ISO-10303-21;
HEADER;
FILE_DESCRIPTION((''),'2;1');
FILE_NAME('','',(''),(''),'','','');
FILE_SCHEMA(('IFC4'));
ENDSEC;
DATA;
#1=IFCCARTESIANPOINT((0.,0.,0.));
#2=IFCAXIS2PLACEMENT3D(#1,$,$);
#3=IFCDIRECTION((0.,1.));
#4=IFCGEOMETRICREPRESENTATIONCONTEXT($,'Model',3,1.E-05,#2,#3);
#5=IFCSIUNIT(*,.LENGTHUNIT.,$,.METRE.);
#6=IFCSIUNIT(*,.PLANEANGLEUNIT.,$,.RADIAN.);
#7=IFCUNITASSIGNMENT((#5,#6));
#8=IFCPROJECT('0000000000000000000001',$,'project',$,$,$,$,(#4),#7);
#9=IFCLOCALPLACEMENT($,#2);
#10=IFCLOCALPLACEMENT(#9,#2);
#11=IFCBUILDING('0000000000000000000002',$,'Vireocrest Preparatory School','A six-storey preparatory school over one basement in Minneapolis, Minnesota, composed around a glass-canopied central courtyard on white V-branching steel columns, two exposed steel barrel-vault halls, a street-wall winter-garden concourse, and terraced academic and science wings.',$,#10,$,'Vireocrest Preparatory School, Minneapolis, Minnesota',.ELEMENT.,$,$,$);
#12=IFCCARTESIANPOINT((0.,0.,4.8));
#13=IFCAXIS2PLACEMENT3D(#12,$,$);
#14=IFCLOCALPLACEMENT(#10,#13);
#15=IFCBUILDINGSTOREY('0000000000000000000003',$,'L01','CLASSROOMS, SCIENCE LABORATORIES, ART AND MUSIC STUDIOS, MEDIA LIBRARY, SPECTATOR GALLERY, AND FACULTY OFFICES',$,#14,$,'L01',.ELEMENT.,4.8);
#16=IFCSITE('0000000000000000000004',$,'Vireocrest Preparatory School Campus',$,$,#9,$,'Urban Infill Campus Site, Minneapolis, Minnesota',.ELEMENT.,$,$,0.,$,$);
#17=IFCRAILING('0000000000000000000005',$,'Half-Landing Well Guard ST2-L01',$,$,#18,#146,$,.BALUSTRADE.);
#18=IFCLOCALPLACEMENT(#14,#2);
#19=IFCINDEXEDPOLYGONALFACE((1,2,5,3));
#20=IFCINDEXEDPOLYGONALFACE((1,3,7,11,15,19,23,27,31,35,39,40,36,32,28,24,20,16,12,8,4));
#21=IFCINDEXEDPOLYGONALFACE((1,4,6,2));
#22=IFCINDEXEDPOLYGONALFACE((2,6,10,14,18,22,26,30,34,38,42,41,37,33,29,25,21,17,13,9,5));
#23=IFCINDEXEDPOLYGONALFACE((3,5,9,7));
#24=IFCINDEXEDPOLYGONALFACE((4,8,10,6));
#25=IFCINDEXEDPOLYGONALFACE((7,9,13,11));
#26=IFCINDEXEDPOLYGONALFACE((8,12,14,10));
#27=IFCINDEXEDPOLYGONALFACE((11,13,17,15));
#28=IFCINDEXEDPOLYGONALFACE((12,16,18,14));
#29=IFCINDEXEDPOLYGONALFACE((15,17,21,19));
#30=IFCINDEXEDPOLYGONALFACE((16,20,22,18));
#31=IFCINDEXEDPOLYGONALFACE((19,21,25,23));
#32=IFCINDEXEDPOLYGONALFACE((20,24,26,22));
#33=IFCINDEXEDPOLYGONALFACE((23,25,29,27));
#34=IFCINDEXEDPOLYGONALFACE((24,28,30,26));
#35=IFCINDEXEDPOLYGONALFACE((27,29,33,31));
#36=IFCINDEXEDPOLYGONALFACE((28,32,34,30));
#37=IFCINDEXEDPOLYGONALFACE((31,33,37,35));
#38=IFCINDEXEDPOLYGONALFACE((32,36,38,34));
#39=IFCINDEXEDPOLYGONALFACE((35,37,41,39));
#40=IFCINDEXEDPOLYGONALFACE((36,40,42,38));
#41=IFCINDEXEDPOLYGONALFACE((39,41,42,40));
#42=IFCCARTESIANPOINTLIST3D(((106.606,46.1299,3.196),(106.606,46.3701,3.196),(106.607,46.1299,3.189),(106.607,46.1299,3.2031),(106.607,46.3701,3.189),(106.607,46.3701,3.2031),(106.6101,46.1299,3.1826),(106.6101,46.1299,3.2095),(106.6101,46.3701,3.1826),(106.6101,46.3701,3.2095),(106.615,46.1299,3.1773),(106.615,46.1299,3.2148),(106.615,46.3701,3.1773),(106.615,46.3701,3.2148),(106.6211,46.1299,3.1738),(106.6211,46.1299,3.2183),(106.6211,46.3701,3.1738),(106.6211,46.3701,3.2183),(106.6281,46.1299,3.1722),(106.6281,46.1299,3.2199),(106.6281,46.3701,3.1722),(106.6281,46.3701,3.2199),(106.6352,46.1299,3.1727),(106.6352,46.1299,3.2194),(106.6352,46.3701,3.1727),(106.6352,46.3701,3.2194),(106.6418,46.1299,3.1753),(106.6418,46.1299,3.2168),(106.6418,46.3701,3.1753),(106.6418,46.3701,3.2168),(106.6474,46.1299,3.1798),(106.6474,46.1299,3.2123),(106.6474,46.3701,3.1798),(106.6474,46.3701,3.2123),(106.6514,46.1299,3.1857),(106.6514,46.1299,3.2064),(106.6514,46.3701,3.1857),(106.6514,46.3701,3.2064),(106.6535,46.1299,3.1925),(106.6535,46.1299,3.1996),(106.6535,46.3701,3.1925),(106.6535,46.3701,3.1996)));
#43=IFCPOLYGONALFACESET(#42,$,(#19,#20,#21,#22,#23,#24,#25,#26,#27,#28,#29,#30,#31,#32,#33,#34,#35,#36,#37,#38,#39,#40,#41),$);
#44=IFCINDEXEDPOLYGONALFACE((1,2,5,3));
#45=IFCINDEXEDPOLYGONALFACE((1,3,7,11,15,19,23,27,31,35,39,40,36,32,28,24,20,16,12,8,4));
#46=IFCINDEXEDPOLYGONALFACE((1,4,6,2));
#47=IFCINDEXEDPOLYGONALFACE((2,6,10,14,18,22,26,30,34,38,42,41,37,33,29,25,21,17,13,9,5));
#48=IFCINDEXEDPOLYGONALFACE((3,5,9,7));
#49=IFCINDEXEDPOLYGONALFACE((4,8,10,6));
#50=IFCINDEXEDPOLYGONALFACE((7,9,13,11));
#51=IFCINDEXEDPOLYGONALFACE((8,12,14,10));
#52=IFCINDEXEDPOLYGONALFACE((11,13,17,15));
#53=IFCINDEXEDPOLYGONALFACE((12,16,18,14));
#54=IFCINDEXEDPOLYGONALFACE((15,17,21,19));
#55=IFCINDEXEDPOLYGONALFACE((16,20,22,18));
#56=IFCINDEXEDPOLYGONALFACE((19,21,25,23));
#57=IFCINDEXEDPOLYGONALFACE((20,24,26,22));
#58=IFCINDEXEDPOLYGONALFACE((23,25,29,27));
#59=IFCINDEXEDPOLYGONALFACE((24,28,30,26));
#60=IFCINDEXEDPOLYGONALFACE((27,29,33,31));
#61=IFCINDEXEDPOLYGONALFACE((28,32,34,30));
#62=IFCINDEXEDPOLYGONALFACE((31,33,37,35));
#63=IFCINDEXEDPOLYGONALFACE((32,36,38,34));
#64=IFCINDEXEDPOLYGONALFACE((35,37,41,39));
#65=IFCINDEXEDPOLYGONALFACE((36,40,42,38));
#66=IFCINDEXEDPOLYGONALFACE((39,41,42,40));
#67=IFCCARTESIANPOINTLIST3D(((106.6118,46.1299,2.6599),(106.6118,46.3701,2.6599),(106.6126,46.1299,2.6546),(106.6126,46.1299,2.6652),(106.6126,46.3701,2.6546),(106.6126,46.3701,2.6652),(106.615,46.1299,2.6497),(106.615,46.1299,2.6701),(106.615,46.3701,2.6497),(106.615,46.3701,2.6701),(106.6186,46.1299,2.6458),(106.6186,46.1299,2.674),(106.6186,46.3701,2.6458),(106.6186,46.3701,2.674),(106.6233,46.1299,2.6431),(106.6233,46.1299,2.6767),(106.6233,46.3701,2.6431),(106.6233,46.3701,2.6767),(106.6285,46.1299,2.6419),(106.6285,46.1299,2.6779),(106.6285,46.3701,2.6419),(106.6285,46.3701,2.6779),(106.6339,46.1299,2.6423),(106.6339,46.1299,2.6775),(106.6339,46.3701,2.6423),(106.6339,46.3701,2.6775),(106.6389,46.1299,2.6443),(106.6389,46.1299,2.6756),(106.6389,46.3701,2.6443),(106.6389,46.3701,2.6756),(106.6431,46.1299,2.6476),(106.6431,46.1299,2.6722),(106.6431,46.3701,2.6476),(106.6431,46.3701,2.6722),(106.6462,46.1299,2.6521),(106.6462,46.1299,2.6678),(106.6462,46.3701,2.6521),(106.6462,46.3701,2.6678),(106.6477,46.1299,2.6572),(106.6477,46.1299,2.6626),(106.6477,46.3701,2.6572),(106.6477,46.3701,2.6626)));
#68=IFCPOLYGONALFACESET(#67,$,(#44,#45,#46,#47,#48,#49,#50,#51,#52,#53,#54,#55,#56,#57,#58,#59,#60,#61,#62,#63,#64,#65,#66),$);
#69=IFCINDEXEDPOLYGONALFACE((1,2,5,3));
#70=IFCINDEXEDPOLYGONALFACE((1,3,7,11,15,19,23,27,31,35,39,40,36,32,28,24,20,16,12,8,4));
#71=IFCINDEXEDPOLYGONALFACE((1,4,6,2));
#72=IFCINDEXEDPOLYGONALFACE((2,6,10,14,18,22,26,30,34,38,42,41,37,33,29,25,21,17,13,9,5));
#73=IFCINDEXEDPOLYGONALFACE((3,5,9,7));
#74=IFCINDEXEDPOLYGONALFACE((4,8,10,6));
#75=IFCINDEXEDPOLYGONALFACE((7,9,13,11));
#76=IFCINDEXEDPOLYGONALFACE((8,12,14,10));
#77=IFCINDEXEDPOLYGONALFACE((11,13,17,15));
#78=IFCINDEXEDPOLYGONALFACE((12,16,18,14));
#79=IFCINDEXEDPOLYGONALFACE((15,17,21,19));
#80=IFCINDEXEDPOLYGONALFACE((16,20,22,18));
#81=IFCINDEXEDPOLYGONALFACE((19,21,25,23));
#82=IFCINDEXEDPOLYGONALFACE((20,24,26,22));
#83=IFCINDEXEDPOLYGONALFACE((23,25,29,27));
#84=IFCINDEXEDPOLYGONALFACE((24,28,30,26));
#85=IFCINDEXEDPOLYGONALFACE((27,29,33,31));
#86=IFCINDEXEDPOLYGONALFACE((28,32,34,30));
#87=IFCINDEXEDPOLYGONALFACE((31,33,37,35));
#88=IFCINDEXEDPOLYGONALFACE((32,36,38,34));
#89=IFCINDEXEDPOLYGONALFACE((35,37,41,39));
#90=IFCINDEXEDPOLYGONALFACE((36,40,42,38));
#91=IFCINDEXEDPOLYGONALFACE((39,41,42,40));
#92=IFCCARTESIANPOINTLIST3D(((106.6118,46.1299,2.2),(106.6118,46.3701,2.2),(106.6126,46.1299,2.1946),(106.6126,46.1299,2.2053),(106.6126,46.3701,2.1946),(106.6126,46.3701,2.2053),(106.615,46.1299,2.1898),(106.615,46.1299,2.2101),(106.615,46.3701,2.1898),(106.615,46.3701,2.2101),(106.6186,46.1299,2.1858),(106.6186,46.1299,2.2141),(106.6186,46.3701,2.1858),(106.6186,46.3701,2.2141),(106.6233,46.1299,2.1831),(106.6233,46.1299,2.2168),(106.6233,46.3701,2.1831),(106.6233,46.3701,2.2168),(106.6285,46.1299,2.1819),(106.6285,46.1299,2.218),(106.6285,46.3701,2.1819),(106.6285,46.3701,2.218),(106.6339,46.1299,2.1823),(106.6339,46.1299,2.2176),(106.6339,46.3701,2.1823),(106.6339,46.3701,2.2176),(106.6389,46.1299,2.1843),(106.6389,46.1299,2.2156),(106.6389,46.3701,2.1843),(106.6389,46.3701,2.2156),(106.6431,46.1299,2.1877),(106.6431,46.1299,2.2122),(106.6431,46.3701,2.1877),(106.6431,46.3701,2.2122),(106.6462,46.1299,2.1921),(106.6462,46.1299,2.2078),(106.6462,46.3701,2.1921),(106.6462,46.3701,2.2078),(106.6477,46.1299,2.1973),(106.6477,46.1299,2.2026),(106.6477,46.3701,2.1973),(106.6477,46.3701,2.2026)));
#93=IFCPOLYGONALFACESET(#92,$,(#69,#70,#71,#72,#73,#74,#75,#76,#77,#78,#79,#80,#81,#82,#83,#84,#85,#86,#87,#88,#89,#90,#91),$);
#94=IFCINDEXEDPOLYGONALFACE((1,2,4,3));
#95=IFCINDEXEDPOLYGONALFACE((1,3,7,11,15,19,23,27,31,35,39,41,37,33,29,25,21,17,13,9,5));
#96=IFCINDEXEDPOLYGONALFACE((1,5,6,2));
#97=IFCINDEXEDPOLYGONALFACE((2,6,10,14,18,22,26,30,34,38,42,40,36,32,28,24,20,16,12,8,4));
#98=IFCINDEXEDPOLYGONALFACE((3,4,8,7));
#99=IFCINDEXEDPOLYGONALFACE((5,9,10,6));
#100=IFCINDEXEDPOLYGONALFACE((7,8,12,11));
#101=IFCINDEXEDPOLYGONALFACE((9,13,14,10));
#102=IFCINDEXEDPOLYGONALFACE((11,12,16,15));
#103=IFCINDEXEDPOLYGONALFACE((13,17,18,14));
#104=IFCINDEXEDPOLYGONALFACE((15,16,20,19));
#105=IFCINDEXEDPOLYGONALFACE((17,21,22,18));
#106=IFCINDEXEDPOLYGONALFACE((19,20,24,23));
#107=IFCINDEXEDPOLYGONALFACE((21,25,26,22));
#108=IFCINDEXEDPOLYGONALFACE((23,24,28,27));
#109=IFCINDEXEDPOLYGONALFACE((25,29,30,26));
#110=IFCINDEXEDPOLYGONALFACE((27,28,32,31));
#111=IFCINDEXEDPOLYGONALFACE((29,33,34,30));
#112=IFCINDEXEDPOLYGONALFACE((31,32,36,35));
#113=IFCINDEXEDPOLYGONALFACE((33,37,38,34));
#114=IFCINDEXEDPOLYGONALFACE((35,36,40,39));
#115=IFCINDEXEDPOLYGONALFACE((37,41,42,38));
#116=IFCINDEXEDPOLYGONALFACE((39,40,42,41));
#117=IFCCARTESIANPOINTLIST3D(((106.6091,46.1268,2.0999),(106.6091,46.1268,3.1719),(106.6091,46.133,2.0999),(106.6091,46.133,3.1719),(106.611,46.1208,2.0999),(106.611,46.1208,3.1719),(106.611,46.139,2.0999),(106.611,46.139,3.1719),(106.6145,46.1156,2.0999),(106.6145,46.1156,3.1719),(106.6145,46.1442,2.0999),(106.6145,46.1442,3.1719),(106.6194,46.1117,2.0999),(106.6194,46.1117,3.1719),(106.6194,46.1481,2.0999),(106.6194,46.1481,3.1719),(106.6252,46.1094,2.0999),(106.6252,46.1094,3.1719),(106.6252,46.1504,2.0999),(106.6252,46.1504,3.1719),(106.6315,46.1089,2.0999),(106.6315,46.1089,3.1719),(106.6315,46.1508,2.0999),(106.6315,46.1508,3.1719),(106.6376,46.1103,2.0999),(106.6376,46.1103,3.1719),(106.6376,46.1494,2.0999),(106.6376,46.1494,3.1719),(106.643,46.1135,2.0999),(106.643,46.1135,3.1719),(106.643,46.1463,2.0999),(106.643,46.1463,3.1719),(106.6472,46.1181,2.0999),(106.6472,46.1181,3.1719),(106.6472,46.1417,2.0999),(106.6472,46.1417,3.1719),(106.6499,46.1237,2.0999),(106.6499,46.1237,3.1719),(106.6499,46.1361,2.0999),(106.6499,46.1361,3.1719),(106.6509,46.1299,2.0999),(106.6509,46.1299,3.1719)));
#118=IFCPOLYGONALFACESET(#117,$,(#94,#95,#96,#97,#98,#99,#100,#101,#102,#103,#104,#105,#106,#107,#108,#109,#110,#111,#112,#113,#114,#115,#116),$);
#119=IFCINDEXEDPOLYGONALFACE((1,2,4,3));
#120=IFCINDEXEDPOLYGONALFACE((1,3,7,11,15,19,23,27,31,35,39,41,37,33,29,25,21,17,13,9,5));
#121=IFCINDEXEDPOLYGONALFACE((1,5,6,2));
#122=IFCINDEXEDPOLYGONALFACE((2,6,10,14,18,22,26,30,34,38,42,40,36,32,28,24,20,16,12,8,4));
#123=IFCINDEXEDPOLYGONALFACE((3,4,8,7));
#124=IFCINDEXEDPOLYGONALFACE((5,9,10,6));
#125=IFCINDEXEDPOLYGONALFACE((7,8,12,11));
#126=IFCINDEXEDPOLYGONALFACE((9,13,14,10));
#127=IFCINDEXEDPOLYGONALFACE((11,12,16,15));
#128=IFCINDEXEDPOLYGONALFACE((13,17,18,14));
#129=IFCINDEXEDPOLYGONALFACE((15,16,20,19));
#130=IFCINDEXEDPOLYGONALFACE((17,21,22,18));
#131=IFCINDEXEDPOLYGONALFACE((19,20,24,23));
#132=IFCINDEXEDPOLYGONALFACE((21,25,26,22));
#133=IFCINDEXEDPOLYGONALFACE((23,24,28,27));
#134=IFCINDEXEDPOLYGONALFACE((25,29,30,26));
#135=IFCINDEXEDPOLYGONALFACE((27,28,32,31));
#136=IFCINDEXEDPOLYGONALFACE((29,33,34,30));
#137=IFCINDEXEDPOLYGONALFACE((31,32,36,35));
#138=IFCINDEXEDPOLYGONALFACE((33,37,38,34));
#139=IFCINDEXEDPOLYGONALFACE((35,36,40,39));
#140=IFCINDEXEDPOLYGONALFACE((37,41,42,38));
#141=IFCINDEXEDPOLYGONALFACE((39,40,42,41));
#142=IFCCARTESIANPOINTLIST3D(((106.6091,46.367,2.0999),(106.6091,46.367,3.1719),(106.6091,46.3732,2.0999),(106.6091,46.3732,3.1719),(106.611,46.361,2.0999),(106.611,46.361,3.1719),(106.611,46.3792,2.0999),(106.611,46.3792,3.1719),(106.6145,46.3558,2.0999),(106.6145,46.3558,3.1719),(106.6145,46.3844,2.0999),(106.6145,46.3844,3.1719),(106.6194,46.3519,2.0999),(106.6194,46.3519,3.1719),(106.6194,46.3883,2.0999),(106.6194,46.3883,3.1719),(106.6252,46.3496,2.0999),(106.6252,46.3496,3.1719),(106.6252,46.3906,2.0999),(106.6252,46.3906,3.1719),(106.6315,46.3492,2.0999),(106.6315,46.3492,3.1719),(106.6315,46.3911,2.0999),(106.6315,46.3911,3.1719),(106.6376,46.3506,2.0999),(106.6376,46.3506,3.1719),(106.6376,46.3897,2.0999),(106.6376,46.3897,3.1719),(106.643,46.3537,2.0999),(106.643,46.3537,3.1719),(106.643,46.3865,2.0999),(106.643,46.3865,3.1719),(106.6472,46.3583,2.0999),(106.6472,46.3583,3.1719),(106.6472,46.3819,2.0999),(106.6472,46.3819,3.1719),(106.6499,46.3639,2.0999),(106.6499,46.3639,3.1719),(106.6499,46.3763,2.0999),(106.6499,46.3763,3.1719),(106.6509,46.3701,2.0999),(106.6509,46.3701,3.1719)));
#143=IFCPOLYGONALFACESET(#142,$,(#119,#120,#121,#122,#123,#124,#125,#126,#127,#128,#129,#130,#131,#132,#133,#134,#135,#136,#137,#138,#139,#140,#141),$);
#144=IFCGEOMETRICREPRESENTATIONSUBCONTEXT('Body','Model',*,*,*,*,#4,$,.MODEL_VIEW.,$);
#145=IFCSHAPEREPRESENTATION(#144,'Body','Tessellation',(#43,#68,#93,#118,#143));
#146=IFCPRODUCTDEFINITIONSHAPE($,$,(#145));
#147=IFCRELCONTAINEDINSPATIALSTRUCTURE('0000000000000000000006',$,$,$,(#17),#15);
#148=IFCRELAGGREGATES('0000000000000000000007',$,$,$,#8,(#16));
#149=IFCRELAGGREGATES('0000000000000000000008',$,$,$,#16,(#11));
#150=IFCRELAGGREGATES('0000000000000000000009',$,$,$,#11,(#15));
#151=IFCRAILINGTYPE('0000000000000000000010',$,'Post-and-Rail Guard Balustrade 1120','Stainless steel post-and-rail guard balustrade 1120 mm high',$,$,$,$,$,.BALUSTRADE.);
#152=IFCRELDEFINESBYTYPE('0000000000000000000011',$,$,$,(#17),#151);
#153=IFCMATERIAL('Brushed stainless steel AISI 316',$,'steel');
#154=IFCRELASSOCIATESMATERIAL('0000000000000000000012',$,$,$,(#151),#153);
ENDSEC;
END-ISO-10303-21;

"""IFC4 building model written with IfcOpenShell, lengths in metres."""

from ifc_helpers import new_model, si_unit, direction, frame, origin, origin_2d, place, context, subcontext, project, spatial, circle, extrude, material, type_object, element, save


model = new_model("IFC4")

# Units and contexts
model_context = context("Model", 3, precision=1e-05, world=origin(), true_north=direction((0.0, 1.0)))
body_context = subcontext(model_context, "Body", "Model", "MODEL_VIEW")
ifc_project = project(units=[si_unit("LENGTHUNIT", "METRE"), si_unit("PLANEANGLEUNIT", "RADIAN")], contexts=[model_context])

# Site, building, storey
site_placement = place(None, origin())
site = spatial("IfcSite", under=ifc_project, at=site_placement, Name="Vireocrest Preparatory School Campus", LongName="Urban Infill Campus Site, Minneapolis, Minnesota", CompositionType="ELEMENT", RefElevation=0.0)
building_placement = place(site_placement, origin())
building = spatial("IfcBuilding", under=site, at=building_placement, Name="Vireocrest Preparatory School", Description="A six-storey preparatory school over one basement in Minneapolis, Minnesota, composed around a glass-canopied central courtyard on white V-branching steel columns, two exposed steel barrel-vault halls, a street-wall winter-garden concourse, and terraced academic and science wings.", LongName="Vireocrest Preparatory School, Minneapolis, Minnesota", CompositionType="ELEMENT")
storey_placement = place(building_placement, frame((0.0, 0.0, 4.8)))
storey = spatial("IfcBuildingStorey", under=building, at=storey_placement, Name="L01", Description="CLASSROOMS, SCIENCE LABORATORIES, ART AND MUSIC STUDIOS, MEDIA LIBRARY, SPECTATOR GALLERY, AND FACULTY OFFICES", LongName="L01", CompositionType="ELEMENT", Elevation=4.8)

# Railing
ifc_material_1 = material(Name="Brushed stainless steel AISI 316", Category="steel")
railing_type_1 = type_object("IfcRailingType", Name="Post-and-Rail Guard Balustrade 1120", Description="Stainless steel post-and-rail guard balustrade 1120 mm high", PredefinedType="BALUSTRADE", material=ifc_material_1)
railing_1_placement = place(storey_placement, frame((106.6299, 46.1299, 2.0999)))
element("IfcRailing", 1, at=railing_1_placement, inside=storey, type_object=railing_type_1, Name="Half-Landing Well Guard ST2-L01", PredefinedType="BALUSTRADE", context=body_context, shape_type="SweptSolid", body=[
    extrude(circle(Radius=0.0239, at=origin_2d()), frame((0.0, 0.0, 1.0962), z_axis=(0.0, 1.0, 0.0), x_axis=(-1.0, 0.0, 0.0)), (0.0, 0.0, 1.0), 0.2402),
    extrude(circle(Radius=0.0181, at=origin_2d()), frame((0.0, 0.0, 0.5601), z_axis=(0.0, 1.0, 0.0), x_axis=(-1.0, 0.0, 0.0)), (0.0, 0.0, 1.0), 0.2402),
    extrude(circle(Radius=0.0181, at=origin_2d()), frame((0.0, 0.0, 0.1001), z_axis=(0.0, 1.0, 0.0), x_axis=(-1.0, 0.0, 0.0)), (0.0, 0.0, 1.0), 0.2402),
    extrude(circle(Radius=0.021, at=origin_2d()), origin(), (0.0, 0.0, 1.0), 1.072),
    extrude(circle(Radius=0.021, at=origin_2d()), frame((0.0, 0.2402, 0.0)), (0.0, 0.0, 1.0), 1.072),
])

save(model, "model.ifc")
